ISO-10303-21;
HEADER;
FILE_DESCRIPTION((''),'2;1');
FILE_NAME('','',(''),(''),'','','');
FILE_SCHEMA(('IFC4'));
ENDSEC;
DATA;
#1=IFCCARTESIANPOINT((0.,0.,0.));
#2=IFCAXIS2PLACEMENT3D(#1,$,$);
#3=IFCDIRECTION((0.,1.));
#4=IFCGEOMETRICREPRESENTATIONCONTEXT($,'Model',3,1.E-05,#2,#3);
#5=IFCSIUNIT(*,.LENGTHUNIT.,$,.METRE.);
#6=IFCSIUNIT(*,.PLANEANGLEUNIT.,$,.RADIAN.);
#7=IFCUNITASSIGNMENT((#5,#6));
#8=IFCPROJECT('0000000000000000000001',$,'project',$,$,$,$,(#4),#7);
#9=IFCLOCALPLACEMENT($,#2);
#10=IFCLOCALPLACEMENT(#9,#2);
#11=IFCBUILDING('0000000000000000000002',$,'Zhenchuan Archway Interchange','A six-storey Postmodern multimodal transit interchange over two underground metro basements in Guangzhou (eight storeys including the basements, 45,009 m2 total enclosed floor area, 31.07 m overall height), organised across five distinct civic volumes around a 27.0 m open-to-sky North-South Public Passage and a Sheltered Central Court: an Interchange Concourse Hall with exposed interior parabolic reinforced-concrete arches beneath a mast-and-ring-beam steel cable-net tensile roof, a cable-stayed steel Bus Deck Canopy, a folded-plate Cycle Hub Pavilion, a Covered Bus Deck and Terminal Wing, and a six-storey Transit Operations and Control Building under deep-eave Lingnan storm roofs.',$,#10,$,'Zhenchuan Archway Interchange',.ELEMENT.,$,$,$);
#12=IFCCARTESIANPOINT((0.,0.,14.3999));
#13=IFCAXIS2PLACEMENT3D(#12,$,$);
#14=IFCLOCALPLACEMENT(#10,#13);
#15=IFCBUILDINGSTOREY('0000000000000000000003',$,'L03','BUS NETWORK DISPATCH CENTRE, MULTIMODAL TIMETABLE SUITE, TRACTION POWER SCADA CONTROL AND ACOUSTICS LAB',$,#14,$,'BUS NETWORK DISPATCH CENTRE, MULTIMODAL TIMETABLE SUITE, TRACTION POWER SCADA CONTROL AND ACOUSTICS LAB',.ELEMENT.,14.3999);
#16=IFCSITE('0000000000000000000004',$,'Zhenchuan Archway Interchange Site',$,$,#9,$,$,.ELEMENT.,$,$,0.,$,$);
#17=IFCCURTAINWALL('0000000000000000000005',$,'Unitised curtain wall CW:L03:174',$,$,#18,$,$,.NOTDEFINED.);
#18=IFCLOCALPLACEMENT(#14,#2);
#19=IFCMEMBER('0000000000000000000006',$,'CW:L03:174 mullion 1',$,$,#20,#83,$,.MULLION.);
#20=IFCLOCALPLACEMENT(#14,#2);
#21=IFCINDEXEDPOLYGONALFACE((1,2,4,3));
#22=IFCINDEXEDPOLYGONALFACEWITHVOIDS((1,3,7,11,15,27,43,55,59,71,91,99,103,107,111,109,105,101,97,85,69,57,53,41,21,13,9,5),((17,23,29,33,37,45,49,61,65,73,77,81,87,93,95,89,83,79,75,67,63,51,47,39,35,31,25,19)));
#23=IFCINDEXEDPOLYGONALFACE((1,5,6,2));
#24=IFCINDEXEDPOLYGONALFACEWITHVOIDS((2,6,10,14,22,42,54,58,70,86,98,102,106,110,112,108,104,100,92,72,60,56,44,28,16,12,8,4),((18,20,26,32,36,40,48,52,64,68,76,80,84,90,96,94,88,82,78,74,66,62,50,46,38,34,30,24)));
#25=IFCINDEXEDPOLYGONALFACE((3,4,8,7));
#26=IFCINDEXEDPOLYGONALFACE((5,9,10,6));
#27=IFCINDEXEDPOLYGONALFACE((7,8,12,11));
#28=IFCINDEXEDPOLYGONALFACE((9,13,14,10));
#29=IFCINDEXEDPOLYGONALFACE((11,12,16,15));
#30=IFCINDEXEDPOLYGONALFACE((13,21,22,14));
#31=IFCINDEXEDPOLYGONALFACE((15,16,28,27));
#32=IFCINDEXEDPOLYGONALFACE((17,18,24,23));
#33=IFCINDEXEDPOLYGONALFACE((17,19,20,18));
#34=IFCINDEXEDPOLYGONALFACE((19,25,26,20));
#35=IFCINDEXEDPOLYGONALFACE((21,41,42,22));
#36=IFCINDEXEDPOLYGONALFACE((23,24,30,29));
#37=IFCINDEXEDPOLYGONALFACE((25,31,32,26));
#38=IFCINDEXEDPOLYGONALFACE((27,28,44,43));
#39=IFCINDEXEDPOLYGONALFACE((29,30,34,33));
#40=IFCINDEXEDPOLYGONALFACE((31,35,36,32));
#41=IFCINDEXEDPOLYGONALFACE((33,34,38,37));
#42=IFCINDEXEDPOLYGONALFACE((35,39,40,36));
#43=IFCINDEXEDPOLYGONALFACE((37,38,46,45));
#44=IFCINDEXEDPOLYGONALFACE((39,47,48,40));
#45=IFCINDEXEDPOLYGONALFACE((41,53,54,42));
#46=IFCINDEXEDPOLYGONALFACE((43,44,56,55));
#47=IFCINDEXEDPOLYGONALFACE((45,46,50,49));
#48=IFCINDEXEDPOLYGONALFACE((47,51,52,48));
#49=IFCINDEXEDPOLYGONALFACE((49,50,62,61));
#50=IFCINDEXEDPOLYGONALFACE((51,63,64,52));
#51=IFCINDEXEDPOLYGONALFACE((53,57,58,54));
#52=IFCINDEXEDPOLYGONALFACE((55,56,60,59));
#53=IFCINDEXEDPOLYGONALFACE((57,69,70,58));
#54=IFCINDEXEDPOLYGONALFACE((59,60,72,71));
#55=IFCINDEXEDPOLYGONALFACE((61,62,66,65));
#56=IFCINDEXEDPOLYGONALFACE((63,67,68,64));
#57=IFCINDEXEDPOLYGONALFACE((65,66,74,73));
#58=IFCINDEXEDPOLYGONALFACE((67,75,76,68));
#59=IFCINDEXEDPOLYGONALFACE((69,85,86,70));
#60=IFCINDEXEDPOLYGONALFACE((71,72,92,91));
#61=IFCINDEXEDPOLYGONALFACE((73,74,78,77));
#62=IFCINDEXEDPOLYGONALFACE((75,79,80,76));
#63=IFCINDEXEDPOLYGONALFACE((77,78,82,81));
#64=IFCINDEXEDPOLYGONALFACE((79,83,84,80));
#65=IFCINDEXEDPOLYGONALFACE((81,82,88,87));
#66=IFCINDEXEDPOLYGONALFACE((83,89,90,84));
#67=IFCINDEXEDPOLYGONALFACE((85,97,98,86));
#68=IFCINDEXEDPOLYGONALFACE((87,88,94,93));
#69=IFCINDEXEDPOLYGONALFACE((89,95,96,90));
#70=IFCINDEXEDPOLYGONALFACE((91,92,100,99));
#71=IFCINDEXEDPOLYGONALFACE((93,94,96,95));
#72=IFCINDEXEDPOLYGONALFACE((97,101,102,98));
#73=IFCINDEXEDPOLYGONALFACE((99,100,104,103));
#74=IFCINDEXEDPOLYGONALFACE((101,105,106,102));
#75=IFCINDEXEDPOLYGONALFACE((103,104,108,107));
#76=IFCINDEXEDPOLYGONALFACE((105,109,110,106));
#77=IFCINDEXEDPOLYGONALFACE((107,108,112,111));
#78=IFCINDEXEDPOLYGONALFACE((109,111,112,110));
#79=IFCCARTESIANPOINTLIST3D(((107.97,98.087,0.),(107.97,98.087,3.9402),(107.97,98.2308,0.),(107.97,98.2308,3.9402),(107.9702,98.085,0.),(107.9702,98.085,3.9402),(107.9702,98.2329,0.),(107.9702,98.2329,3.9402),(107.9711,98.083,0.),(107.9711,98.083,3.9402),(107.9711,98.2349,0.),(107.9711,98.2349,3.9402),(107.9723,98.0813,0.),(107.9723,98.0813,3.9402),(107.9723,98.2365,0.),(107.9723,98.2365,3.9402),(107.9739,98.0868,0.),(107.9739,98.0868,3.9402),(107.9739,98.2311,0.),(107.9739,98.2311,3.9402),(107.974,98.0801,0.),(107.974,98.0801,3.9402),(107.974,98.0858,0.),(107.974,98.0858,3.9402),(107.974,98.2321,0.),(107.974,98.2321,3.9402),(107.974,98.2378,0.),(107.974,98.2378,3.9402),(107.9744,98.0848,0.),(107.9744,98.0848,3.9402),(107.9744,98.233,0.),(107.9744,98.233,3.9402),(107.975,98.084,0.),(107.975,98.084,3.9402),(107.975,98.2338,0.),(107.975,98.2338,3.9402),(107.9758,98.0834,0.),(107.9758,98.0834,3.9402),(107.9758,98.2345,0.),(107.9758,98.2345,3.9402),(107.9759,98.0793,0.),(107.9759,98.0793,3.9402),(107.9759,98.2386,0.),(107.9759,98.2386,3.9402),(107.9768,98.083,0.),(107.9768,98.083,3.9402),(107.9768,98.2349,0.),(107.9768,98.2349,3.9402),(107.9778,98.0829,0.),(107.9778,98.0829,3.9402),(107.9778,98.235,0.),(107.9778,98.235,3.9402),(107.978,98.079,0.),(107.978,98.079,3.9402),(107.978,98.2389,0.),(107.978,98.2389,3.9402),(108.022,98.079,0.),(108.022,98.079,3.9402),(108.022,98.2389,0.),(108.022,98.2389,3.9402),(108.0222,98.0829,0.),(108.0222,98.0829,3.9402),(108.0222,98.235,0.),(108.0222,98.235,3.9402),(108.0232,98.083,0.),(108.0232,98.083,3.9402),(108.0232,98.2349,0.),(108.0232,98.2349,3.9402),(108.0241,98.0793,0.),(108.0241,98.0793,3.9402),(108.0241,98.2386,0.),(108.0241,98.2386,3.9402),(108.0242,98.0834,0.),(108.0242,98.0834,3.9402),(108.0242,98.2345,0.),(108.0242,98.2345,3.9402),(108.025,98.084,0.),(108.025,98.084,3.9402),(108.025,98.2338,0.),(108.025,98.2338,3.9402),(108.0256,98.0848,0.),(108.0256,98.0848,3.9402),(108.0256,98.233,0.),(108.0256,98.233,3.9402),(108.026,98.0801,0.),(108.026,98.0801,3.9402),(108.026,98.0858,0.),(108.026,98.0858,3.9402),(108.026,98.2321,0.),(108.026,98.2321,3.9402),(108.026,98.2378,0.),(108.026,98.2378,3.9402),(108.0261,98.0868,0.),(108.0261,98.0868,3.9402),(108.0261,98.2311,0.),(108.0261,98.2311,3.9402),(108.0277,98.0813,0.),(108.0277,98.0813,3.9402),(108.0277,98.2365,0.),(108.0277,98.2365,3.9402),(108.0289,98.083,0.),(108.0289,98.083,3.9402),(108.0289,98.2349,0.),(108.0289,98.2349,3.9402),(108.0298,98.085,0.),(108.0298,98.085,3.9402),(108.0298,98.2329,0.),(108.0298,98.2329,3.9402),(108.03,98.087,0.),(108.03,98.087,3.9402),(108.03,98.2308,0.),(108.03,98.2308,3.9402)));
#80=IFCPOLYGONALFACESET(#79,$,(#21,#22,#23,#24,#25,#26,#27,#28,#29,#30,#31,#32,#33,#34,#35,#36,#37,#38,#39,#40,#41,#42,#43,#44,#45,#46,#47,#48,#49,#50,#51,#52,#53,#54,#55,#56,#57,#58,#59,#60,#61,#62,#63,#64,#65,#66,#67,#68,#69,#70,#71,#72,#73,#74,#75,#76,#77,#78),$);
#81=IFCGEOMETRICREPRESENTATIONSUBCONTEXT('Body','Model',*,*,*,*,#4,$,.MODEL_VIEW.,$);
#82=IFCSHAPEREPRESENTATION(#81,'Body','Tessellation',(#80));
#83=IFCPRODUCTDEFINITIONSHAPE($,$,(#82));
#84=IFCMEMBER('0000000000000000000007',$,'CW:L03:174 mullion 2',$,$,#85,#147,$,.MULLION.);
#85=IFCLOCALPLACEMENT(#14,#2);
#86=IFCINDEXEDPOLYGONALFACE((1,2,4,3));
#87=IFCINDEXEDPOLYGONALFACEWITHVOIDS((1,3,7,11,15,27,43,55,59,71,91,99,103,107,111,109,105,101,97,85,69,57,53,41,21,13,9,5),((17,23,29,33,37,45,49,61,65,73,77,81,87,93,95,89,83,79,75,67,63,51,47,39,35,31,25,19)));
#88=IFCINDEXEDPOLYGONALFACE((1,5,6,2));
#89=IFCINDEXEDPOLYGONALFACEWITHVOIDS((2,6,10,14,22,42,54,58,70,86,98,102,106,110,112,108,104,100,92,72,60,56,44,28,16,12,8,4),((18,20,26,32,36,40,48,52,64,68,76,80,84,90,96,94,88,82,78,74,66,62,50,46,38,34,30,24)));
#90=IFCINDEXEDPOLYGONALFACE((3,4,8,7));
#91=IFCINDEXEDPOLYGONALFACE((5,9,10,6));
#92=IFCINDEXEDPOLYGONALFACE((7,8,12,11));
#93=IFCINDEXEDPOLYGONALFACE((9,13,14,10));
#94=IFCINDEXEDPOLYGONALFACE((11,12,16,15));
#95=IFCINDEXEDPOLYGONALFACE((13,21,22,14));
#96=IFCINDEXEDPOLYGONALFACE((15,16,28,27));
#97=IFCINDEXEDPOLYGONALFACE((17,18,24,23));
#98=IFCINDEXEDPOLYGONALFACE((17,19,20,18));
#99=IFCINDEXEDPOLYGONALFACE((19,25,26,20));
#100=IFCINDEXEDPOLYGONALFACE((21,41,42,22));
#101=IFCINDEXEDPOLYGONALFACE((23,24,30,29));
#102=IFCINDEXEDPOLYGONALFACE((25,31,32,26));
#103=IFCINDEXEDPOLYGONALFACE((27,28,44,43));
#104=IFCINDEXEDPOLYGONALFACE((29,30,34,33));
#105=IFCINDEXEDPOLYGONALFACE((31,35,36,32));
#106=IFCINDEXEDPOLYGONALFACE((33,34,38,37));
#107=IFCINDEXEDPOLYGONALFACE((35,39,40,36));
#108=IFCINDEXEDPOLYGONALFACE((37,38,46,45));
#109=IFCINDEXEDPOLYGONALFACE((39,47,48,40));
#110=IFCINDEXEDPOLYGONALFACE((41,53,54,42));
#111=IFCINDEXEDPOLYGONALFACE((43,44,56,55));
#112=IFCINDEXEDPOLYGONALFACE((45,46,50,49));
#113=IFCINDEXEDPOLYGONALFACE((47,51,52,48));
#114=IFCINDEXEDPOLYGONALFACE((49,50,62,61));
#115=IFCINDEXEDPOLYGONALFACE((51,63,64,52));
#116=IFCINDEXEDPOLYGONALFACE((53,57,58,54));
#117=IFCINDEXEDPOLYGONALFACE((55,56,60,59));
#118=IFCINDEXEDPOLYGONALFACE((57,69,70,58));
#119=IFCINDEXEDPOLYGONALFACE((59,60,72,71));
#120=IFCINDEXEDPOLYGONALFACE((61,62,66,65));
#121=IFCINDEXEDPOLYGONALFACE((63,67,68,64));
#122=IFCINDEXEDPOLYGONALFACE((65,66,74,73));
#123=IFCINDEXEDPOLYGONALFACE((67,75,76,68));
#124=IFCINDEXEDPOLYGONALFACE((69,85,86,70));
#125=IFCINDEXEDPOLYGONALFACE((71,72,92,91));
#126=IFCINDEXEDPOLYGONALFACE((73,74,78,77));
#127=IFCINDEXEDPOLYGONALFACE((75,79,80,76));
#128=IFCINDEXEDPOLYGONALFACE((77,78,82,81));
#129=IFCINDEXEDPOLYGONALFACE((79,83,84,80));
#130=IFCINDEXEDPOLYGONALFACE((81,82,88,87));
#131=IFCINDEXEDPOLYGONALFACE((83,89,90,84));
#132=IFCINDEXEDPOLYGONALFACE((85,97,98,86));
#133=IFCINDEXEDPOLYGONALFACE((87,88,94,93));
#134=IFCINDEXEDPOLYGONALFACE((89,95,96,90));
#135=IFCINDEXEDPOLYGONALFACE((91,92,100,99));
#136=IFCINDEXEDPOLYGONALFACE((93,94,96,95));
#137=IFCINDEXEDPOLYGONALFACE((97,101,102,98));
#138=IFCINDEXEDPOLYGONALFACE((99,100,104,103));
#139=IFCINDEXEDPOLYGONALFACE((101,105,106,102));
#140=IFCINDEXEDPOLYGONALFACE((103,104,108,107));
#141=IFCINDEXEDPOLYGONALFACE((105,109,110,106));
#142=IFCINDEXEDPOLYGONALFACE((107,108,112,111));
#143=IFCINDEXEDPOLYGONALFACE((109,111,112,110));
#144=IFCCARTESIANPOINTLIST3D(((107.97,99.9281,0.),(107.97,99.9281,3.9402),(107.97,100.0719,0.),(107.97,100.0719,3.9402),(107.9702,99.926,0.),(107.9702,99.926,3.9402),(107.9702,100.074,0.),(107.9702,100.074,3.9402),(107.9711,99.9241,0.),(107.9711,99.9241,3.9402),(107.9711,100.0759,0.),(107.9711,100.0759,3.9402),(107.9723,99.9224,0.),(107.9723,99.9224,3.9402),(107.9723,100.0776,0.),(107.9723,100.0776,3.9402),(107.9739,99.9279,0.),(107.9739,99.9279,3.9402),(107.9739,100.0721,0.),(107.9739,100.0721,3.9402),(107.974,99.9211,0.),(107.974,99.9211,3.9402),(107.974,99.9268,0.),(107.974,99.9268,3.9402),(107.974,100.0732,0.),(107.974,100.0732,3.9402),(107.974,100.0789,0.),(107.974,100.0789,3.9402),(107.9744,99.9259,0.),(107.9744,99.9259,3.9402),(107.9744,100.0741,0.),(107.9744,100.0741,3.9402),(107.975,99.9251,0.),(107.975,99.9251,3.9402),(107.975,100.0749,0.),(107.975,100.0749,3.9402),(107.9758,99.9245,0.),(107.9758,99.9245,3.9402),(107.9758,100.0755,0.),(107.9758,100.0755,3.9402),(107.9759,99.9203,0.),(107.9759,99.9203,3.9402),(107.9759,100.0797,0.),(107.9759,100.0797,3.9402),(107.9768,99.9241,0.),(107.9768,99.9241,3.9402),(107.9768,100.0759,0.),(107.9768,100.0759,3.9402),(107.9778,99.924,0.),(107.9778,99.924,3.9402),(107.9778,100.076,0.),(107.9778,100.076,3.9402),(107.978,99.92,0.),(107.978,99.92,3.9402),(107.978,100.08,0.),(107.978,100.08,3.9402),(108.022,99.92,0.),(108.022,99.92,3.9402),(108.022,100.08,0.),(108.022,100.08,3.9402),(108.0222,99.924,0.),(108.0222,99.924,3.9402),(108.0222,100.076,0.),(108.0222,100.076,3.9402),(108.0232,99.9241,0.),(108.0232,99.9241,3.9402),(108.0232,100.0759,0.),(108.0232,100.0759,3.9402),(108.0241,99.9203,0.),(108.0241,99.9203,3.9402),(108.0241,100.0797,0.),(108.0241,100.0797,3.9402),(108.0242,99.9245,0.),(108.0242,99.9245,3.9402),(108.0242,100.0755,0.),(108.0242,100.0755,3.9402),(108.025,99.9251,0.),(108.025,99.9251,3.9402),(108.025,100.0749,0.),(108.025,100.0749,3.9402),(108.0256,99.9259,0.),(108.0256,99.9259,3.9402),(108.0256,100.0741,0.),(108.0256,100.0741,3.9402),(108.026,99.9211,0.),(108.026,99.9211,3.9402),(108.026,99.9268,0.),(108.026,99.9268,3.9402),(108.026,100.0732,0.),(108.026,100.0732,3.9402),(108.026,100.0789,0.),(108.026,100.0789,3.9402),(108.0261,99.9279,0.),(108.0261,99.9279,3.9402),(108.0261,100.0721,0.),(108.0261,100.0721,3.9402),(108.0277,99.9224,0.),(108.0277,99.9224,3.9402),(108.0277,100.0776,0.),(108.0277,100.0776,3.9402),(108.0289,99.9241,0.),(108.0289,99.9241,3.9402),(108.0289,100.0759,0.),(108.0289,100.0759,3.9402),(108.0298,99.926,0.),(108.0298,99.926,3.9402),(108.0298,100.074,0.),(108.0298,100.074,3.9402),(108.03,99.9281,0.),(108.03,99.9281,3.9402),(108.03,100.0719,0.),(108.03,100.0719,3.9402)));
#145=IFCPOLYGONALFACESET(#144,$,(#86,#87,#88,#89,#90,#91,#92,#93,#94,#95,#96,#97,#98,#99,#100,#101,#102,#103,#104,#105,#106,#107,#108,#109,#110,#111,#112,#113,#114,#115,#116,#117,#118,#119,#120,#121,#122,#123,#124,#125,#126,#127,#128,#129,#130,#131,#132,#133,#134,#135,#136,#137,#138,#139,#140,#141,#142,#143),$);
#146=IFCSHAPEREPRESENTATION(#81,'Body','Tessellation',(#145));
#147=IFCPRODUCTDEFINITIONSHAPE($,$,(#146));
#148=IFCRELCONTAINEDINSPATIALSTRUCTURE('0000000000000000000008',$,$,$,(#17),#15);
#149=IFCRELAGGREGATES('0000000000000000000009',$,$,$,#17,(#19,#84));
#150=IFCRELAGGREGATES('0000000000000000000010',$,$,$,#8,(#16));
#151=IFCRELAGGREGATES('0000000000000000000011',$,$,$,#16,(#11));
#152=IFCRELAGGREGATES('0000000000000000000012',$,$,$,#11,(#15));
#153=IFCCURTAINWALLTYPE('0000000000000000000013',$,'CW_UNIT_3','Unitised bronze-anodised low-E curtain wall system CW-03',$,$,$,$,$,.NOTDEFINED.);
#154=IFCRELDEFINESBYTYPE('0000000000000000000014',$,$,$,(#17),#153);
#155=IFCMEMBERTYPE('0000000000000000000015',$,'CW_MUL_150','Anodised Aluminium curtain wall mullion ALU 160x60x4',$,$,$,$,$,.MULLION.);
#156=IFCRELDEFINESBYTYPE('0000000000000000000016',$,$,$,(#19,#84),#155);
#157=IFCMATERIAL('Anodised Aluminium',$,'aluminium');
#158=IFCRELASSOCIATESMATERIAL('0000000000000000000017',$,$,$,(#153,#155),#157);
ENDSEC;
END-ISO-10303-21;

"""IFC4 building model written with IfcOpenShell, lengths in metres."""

from ifc_helpers import new_model, si_unit, direction, frame, origin, origin_2d, place, context, subcontext, project, spatial, hollow_rectangle, extrude, material, material_profile, profile_set, type_object, element, aggregate, save


model = new_model("IFC4")

# Units and contexts
model_context = context("Model", 3, precision=1e-05, world=origin(), true_north=direction((0.0, 1.0)))
body_context = subcontext(model_context, "Body", "Model", "MODEL_VIEW")
ifc_project = project(units=[si_unit("LENGTHUNIT", "METRE"), si_unit("PLANEANGLEUNIT", "RADIAN")], contexts=[model_context])

# Site, building, storey
site_placement = place(None, origin())
site = spatial("IfcSite", under=ifc_project, at=site_placement, Name="Zhenchuan Archway Interchange Site", CompositionType="ELEMENT", RefElevation=0.0)
building_placement = place(site_placement, origin())
building = spatial("IfcBuilding", under=site, at=building_placement, Name="Zhenchuan Archway Interchange", Description="A six-storey Postmodern multimodal transit interchange over two underground metro basements in Guangzhou (eight storeys including the basements, 45,009 m2 total enclosed floor area, 31.07 m overall height), organised across five distinct civic volumes around a 27.0 m open-to-sky North-South Public Passage and a Sheltered Central Court: an Interchange Concourse Hall with exposed interior parabolic reinforced-concrete arches beneath a mast-and-ring-beam steel cable-net tensile roof, a cable-stayed steel Bus Deck Canopy, a folded-plate Cycle Hub Pavilion, a Covered Bus Deck and Terminal Wing, and a six-storey Transit Operations and Control Building under deep-eave Lingnan storm roofs.", LongName="Zhenchuan Archway Interchange", CompositionType="ELEMENT")
storey_placement = place(building_placement, frame((0.0, 0.0, 14.3999)))
storey = spatial("IfcBuildingStorey", under=building, at=storey_placement, Name="L03", Description="BUS NETWORK DISPATCH CENTRE, MULTIMODAL TIMETABLE SUITE, TRACTION POWER SCADA CONTROL AND ACOUSTICS LAB", LongName="BUS NETWORK DISPATCH CENTRE, MULTIMODAL TIMETABLE SUITE, TRACTION POWER SCADA CONTROL AND ACOUSTICS LAB", CompositionType="ELEMENT", Elevation=14.3999)

# Curtain wall, members
ifc_material_1 = material(Name="Anodised Aluminium", Category="aluminium")
curtain_wall_type = type_object("IfcCurtainWallType", Name="CW_UNIT_3", Description="Unitised bronze-anodised low-E curtain wall system CW-03", PredefinedType="NOTDEFINED", material=ifc_material_1)
curtain_wall_placement = place(storey_placement, origin())
curtain_wall = element("IfcCurtainWall", 1, at=curtain_wall_placement, inside=storey, type_object=curtain_wall_type, Name="Unitised curtain wall CW:L03:174", PredefinedType="NOTDEFINED")
ifc_material_profile_1 = material_profile(ifc_material_1, hollow_rectangle(XDim=0.0601, YDim=0.1599, WallThickness=0.0039, InnerFilletRadius=0.0039, OuterFilletRadius=0.0081, at=origin_2d()), Name="ALU 160x60x4")
ifc_profile_set_1 = profile_set([ifc_material_profile_1], Name="Anodised Aluminium")
member_type_1 = type_object("IfcMemberType", Name="CW_MUL_150", Description="Anodised Aluminium curtain wall mullion ALU 160x60x4", PredefinedType="MULLION", material=ifc_profile_set_1)
member_1_placement = place(storey_placement, frame((108.0, 98.1589, 0.0), z_axis=(0.0, 0.0, 1.0), x_axis=(1.0, 0.0, 0.0)))
member_1 = element("IfcMember", 2, at=member_1_placement, type_object=member_type_1, Name="CW:L03:174 mullion 1", PredefinedType="MULLION", context=body_context, shape_type="SweptSolid", body=[
    extrude(hollow_rectangle(XDim=0.0601, YDim=0.1599, WallThickness=0.0039, InnerFilletRadius=0.0039, OuterFilletRadius=0.0081, at=origin_2d()), origin(), (0.0, 0.0, 1.0), 3.9402),
])
member_2_placement = place(storey_placement, frame((108.0, 100.0, 0.0), z_axis=(0.0, 0.0, 1.0), x_axis=(1.0, 0.0, 0.0)))
member_2 = element("IfcMember", 3, at=member_2_placement, type_object=member_type_1, Name="CW:L03:174 mullion 2", PredefinedType="MULLION", context=body_context, shape_type="SweptSolid", body=[
    extrude(hollow_rectangle(XDim=0.0601, YDim=0.1599, WallThickness=0.0039, InnerFilletRadius=0.0039, OuterFilletRadius=0.0081, at=origin_2d()), origin(), (0.0, 0.0, 1.0), 3.9402),
])

aggregate(curtain_wall, [member_1, member_2])

save(model, "model.ifc")
